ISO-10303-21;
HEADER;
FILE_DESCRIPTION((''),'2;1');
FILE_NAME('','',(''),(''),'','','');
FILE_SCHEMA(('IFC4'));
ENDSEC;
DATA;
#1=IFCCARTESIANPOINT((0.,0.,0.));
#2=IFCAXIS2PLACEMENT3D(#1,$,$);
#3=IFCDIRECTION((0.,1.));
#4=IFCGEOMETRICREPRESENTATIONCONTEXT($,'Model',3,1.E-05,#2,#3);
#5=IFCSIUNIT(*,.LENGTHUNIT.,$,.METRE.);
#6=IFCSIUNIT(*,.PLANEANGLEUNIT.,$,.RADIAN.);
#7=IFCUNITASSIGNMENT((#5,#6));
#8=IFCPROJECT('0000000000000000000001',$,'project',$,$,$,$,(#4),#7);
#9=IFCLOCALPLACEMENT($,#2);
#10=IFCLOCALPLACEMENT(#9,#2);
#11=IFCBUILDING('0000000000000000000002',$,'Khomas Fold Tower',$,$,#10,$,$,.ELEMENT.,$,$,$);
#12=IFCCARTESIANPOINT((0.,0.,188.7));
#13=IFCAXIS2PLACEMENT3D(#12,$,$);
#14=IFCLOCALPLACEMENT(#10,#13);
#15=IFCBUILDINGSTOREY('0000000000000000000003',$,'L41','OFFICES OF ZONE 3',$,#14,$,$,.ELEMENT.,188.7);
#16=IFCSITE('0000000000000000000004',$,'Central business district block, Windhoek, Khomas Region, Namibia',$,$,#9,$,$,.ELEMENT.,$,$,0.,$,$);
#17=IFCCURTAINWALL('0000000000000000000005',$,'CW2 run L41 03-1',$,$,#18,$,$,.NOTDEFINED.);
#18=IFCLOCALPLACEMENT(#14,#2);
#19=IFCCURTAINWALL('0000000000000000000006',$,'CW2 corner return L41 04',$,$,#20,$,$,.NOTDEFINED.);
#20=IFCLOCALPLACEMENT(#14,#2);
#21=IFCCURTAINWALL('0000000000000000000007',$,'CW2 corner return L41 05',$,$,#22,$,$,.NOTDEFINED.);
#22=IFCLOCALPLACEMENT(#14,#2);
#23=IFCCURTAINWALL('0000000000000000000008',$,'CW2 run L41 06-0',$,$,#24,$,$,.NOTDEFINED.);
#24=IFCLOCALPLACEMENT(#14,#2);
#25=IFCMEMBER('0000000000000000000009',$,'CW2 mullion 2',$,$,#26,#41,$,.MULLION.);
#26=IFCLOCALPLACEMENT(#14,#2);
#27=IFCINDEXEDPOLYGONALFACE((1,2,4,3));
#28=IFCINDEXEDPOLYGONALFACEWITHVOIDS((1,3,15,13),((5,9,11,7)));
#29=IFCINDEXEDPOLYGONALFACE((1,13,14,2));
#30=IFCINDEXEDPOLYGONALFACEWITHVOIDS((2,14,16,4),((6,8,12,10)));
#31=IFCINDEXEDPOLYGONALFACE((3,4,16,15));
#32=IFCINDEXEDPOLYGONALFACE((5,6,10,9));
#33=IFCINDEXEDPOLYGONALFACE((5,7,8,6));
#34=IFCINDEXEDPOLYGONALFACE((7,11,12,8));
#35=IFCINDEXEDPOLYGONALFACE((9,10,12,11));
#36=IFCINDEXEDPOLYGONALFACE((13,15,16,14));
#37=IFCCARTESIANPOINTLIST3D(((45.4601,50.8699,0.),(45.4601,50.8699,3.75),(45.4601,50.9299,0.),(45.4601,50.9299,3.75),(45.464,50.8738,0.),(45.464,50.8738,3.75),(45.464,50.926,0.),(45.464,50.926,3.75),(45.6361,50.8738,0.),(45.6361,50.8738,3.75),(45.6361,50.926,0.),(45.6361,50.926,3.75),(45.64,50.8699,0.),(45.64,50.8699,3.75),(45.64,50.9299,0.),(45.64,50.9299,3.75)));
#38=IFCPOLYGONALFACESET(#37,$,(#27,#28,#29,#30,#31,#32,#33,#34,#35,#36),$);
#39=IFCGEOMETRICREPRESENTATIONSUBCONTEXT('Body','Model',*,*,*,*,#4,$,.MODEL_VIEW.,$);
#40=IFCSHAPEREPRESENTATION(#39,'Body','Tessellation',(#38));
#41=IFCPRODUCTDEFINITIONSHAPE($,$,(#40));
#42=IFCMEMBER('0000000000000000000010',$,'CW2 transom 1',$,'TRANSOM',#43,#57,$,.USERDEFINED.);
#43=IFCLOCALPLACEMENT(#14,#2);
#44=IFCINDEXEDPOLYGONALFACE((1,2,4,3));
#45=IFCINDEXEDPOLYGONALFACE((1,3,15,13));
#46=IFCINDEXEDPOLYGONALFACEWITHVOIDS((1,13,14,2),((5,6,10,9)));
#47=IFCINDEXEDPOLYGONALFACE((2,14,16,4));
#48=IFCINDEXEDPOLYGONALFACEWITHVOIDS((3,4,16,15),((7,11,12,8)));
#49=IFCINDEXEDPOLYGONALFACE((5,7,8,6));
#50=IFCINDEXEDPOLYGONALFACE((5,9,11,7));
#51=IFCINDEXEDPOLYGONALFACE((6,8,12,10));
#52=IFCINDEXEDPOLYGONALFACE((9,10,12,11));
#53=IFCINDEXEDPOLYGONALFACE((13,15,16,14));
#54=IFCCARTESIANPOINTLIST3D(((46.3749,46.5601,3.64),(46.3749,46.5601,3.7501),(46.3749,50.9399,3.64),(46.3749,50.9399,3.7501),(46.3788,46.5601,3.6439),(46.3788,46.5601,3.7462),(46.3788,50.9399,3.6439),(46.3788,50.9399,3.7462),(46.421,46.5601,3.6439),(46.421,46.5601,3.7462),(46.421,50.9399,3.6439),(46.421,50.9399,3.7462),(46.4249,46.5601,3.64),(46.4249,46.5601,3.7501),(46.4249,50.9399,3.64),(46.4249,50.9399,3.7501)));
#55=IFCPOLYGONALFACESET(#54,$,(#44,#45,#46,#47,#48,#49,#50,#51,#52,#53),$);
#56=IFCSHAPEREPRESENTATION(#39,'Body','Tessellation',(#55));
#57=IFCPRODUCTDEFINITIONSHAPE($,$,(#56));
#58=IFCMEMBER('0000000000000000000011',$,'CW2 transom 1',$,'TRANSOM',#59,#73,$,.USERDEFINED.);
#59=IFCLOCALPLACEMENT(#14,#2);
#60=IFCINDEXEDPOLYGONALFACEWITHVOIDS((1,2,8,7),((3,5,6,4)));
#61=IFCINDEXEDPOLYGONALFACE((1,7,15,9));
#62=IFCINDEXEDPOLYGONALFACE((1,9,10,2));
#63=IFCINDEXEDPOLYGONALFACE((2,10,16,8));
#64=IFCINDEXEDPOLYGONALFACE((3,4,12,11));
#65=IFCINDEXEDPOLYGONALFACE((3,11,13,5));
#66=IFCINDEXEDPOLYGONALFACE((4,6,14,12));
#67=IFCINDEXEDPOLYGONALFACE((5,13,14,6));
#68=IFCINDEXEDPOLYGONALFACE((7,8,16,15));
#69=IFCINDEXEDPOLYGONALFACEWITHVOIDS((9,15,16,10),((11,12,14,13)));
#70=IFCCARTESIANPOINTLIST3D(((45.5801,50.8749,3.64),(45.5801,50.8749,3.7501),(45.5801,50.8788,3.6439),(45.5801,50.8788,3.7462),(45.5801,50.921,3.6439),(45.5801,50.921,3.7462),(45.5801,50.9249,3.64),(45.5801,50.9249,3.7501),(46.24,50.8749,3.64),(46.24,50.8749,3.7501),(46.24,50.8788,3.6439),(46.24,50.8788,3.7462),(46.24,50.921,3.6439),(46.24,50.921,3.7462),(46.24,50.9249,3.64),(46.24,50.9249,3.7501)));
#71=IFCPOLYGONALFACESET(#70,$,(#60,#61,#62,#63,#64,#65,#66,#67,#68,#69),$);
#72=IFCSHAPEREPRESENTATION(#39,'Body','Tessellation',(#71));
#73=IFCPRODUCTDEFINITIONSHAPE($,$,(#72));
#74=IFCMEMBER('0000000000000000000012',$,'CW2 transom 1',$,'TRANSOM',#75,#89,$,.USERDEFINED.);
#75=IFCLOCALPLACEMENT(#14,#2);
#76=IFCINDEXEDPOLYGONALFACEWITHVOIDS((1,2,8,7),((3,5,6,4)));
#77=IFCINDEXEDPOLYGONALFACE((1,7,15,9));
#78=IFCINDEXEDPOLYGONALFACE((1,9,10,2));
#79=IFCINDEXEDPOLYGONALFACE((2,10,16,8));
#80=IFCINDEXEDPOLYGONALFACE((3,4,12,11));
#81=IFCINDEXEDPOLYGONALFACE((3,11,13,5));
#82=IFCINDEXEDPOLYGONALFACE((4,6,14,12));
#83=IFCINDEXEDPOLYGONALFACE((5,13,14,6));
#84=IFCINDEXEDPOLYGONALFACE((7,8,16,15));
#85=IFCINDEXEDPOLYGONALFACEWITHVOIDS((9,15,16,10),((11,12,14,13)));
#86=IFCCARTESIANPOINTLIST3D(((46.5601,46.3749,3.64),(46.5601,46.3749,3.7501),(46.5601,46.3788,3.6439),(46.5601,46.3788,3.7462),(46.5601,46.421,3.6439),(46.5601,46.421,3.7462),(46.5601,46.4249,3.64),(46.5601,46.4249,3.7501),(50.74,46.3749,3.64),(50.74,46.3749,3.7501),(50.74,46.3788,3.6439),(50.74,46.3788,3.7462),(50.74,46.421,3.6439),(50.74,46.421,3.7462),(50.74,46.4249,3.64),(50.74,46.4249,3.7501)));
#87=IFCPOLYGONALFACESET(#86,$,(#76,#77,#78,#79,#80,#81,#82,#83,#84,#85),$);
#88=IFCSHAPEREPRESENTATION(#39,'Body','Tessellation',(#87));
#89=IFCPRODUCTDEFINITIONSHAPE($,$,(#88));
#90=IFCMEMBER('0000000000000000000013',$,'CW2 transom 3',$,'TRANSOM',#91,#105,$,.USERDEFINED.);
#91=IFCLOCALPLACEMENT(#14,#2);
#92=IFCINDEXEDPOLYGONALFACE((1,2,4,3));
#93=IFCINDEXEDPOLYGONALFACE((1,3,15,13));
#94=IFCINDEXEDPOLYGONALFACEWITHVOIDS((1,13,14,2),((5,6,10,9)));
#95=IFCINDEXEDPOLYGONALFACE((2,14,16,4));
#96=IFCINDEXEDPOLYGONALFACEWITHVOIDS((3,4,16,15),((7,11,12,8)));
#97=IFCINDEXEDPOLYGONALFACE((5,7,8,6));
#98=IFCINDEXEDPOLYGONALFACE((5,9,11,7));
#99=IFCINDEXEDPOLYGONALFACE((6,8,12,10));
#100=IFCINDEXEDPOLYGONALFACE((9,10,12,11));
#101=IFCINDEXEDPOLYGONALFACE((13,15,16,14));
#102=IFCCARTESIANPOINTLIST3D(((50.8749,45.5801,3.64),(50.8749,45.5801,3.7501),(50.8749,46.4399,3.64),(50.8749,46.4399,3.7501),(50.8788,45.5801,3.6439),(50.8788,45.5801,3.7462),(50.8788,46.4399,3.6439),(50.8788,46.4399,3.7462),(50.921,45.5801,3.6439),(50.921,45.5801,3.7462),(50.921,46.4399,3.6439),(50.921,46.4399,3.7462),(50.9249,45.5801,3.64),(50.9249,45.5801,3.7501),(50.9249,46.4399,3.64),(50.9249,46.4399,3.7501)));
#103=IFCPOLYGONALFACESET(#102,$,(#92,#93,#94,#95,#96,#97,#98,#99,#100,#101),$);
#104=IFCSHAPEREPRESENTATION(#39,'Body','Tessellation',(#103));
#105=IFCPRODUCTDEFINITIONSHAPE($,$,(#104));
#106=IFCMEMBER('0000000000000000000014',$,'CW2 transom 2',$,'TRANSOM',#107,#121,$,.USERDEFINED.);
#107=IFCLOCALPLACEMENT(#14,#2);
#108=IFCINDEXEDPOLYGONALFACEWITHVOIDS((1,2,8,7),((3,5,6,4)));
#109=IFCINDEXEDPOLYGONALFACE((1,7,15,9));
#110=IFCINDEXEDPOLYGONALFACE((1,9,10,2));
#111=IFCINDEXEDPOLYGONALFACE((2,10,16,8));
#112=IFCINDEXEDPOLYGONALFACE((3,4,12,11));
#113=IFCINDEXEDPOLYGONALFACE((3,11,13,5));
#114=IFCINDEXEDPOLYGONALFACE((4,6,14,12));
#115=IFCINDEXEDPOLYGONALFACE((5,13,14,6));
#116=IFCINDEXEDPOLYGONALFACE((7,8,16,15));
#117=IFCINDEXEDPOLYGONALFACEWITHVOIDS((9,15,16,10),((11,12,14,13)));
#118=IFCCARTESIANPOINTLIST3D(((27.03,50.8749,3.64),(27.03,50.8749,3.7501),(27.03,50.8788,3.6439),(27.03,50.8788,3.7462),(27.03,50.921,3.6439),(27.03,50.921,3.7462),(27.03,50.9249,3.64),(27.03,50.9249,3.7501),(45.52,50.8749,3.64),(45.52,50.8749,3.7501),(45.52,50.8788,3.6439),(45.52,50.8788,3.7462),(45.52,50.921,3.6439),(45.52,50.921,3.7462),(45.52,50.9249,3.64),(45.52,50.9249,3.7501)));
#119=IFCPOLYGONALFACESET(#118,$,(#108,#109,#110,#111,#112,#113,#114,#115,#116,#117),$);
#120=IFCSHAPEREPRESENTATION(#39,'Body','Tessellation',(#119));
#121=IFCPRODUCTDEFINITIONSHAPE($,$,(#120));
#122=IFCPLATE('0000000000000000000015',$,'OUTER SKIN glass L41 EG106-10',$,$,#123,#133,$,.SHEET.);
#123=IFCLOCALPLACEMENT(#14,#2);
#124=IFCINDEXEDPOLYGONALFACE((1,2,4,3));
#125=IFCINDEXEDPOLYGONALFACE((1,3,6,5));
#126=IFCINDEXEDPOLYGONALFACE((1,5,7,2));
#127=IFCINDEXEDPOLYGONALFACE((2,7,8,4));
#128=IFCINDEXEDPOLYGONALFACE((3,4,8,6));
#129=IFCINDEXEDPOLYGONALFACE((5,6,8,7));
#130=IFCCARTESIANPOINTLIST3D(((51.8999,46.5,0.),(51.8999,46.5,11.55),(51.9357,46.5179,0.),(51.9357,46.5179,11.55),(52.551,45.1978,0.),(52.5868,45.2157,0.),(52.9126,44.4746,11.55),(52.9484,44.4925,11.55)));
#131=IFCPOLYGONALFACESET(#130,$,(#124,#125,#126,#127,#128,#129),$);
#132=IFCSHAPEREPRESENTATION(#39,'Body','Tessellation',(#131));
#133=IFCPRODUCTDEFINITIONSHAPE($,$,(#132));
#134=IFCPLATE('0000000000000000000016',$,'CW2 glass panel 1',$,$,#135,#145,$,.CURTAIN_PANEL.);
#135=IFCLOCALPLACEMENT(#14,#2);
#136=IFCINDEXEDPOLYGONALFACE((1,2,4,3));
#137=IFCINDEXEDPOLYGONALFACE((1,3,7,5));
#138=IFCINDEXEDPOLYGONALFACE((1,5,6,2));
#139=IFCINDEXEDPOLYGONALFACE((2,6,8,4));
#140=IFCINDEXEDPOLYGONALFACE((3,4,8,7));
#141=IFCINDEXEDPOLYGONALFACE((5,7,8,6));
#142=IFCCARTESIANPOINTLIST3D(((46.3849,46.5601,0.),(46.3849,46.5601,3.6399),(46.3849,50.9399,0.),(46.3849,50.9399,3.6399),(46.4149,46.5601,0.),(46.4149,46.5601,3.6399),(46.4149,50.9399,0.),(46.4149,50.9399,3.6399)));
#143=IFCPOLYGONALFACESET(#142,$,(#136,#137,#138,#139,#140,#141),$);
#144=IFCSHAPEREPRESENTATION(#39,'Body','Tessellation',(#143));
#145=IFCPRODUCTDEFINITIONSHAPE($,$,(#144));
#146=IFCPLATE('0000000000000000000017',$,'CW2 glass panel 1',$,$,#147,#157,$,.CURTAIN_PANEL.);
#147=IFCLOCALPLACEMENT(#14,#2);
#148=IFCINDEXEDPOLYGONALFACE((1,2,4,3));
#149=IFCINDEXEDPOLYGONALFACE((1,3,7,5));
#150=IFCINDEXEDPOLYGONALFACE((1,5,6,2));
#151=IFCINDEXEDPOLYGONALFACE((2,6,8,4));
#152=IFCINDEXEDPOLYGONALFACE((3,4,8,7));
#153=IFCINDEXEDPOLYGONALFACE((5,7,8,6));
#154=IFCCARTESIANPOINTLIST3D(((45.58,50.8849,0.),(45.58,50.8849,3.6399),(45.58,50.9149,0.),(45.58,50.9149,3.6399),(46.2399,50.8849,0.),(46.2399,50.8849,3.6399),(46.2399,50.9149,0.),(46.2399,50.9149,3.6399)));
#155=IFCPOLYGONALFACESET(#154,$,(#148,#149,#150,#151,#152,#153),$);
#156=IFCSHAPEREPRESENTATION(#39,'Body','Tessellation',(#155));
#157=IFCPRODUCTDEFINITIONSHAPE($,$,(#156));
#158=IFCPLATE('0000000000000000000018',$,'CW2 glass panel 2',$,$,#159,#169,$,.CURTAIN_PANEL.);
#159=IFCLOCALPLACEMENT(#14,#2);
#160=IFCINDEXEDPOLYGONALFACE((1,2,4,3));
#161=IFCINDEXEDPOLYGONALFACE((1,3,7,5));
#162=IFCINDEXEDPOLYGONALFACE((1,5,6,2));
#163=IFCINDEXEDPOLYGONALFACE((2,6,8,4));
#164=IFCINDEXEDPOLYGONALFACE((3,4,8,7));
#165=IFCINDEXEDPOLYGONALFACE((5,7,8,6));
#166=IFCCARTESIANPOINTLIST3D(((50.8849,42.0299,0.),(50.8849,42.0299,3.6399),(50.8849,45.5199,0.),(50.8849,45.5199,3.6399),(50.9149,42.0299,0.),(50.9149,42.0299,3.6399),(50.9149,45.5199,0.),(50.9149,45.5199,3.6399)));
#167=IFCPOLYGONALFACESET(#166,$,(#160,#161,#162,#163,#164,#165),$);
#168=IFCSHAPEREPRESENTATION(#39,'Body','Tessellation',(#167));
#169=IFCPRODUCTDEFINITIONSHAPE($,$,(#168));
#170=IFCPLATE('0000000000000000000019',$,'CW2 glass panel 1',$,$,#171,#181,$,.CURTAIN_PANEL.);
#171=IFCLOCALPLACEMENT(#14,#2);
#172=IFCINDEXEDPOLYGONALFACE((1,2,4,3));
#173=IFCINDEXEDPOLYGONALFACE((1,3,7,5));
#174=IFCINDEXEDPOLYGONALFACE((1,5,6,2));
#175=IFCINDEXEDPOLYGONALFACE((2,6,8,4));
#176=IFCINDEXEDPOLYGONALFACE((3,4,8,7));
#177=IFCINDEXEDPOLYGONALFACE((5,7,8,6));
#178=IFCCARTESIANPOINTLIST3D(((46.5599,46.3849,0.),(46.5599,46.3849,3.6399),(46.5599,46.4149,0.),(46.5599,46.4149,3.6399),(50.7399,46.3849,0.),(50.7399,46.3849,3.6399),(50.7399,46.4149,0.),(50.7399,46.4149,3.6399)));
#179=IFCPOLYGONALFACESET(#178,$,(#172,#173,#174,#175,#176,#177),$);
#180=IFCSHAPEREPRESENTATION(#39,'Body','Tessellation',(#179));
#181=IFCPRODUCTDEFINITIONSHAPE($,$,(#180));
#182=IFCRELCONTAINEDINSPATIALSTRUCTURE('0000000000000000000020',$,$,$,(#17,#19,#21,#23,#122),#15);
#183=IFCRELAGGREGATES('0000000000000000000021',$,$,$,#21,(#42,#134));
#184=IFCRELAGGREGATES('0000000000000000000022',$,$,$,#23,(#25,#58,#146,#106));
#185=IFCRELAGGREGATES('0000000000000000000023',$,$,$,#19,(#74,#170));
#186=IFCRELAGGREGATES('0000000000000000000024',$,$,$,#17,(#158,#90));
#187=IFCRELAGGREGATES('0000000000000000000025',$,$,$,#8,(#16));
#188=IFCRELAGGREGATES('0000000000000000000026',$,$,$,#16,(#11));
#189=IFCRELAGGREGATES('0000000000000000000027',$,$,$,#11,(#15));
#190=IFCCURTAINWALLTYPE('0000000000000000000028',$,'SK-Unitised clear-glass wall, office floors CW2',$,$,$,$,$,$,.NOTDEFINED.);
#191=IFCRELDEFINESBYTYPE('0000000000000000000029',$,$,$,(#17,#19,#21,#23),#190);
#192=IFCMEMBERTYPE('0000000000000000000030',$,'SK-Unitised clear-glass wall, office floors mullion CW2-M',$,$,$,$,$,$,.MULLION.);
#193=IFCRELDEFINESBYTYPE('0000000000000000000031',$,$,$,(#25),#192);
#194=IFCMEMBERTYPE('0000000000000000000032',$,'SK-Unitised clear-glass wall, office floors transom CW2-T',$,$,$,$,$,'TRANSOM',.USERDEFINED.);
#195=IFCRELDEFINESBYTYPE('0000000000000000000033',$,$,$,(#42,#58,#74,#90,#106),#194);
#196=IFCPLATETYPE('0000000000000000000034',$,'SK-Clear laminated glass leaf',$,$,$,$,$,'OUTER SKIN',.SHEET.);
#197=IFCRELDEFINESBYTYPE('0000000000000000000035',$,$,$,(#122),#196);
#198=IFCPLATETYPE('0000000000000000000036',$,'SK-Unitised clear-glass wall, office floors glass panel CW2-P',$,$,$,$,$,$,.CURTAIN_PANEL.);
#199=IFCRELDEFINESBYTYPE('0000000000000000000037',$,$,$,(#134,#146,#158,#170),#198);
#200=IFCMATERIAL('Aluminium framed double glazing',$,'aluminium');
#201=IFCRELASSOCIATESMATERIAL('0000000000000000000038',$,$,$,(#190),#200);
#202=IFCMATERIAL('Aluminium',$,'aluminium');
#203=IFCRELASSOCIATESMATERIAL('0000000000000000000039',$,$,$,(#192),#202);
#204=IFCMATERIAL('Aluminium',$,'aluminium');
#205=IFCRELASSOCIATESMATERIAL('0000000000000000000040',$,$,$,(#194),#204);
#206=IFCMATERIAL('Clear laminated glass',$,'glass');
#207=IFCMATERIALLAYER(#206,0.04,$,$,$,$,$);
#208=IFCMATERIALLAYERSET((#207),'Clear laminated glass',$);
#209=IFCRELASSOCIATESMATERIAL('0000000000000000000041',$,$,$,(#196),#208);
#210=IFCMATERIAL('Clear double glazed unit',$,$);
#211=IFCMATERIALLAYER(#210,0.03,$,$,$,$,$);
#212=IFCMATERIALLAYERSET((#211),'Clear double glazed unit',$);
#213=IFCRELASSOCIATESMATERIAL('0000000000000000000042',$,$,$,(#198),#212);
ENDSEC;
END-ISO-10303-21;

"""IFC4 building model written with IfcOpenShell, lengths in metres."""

from ifc_helpers import new_model, si_unit, direction, frame, origin, origin_2d, place, context, subcontext, project, spatial, polyline, rectangle, hollow_rectangle, outline, extrude, source, transform, mapped, material, layer, layer_set, material_profile, profile_set, type_object, element, aggregate, save


model = new_model("IFC4")

# Units and contexts
model_context = context("Model", 3, precision=1e-05, world=origin(), true_north=direction((0.0, 1.0)))
body_context = subcontext(model_context, "Body", "Model", "MODEL_VIEW")
ifc_project = project(units=[si_unit("LENGTHUNIT", "METRE"), si_unit("PLANEANGLEUNIT", "RADIAN")], contexts=[model_context])

# Site, building, storey
site_placement = place(None, origin())
site = spatial("IfcSite", under=ifc_project, at=site_placement, Name="Central business district block, Windhoek, Khomas Region, Namibia", CompositionType="ELEMENT", RefElevation=0.0)
building_placement = place(site_placement, origin())
building = spatial("IfcBuilding", under=site, at=building_placement, Name="Khomas Fold Tower", CompositionType="ELEMENT")
storey_placement = place(building_placement, frame((0.0, 0.0, 188.7)))
storey = spatial("IfcBuildingStorey", under=building, at=storey_placement, Name="L41", Description="OFFICES OF ZONE 3", CompositionType="ELEMENT", Elevation=188.7)

# Curtain walls
ifc_material_1 = material(Name="Aluminium framed double glazing", Category="aluminium")
curtain_wall_type = type_object("IfcCurtainWallType", Name="SK-Unitised clear-glass wall, office floors CW2", PredefinedType="NOTDEFINED", material=ifc_material_1)
curtain_wall_1_placement = place(storey_placement, origin())
curtain_wall_1 = element("IfcCurtainWall", 1, at=curtain_wall_1_placement, inside=storey, type_object=curtain_wall_type, Name="CW2 run L41 03-1", PredefinedType="NOTDEFINED")
ifc_material_2 = material(Name="Aluminium", Category="aluminium")
ifc_material_profile_1 = material_profile(ifc_material_2, hollow_rectangle(XDim=0.0601, YDim=0.1799, WallThickness=0.0039, at=origin_2d()), Name="SK-Unitised clear-glass wall, office floors mullion CW2-M")
ifc_profile_set_1 = profile_set([ifc_material_profile_1], Name="Aluminium")
member_type_1 = type_object("IfcMemberType", Name="SK-Unitised clear-glass wall, office floors mullion CW2-M", PredefinedType="MULLION", material=ifc_profile_set_1)
shared_shape_1 = source(origin(), body_context, "Body", "SweptSolid", [
    extrude(hollow_rectangle(XDim=0.0601, YDim=0.1799, WallThickness=0.0039, at=origin_2d()), origin(), (0.0, 0.0, 1.0), 3.75),
])
curtain_wall_2_placement = place(storey_placement, origin())
curtain_wall_2 = element("IfcCurtainWall", 2, at=curtain_wall_2_placement, inside=storey, type_object=curtain_wall_type, Name="CW2 corner return L41 04", PredefinedType="NOTDEFINED")
curtain_wall_3_placement = place(storey_placement, origin())
curtain_wall_3 = element("IfcCurtainWall", 3, at=curtain_wall_3_placement, inside=storey, type_object=curtain_wall_type, Name="CW2 corner return L41 05", PredefinedType="NOTDEFINED")

# Curtain wall, member
curtain_wall_4_placement = place(storey_placement, origin())
curtain_wall_4 = element("IfcCurtainWall", 4, at=curtain_wall_4_placement, inside=storey, type_object=curtain_wall_type, Name="CW2 run L41 06-0", PredefinedType="NOTDEFINED")
member_1_placement = place(storey_placement, frame((45.55, 50.8999, 0.0), z_axis=(0.0, 0.0, 1.0), x_axis=(0.0, -1.0, 0.0)))
member_1 = element("IfcMember", 5, at=member_1_placement, type_object=member_type_1, Name="CW2 mullion 2", PredefinedType="MULLION", context=body_context, shape_type="MappedRepresentation", body=[
    mapped(shared_shape_1, transform((0.0, 0.0, 0.0))),
])

# Members
ifc_material_3 = material(Name="Aluminium", Category="aluminium")
ifc_material_profile_2 = material_profile(ifc_material_3, hollow_rectangle(XDim=0.05, YDim=0.1101, WallThickness=0.0039, at=origin_2d()), Name="SK-Unitised clear-glass wall, office floors transom CW2-T")
ifc_profile_set_2 = profile_set([ifc_material_profile_2], Name="Aluminium")
member_type_2 = type_object("IfcMemberType", Name="SK-Unitised clear-glass wall, office floors transom CW2-T", ElementType="TRANSOM", PredefinedType="USERDEFINED", material=ifc_profile_set_2)
shared_shape_2 = source(origin(), body_context, "Body", "SweptSolid", [
    extrude(hollow_rectangle(XDim=0.05, YDim=0.1101, WallThickness=0.0039, at=origin_2d()), origin(), (0.0, 0.0, 1.0), 4.3799),
])
member_2_placement = place(storey_placement, frame((46.3999, 46.5601, 3.6951), z_axis=(0.0, 1.0, 0.0), x_axis=(-1.0, 0.0, 0.0)))
member_2 = element("IfcMember", 6, at=member_2_placement, type_object=member_type_2, Name="CW2 transom 1", ObjectType="TRANSOM", PredefinedType="USERDEFINED", context=body_context, shape_type="MappedRepresentation", body=[
    mapped(shared_shape_2, transform((0.0, 0.0, 0.0))),
])
shared_shape_3 = source(origin(), body_context, "Body", "SweptSolid", [
    extrude(hollow_rectangle(XDim=0.05, YDim=0.1101, WallThickness=0.0039, at=origin_2d()), origin(), (0.0, 0.0, 1.0), 0.6599),
])
member_3_placement = place(storey_placement, frame((46.24, 50.8999, 3.6951), z_axis=(-1.0, 0.0, 0.0), x_axis=(0.0, -1.0, 0.0)))
member_3 = element("IfcMember", 7, at=member_3_placement, type_object=member_type_2, Name="CW2 transom 1", ObjectType="TRANSOM", PredefinedType="USERDEFINED", context=body_context, shape_type="MappedRepresentation", body=[
    mapped(shared_shape_3, transform((0.0, 0.0, 0.0))),
])
shared_shape_4 = source(origin(), body_context, "Body", "SweptSolid", [
    extrude(hollow_rectangle(XDim=0.05, YDim=0.1101, WallThickness=0.0039, at=origin_2d()), origin(), (0.0, 0.0, 1.0), 4.1799),
])
member_4_placement = place(storey_placement, frame((50.74, 46.3999, 3.6951), z_axis=(-1.0, 0.0, 0.0), x_axis=(0.0, -1.0, 0.0)))
member_4 = element("IfcMember", 8, at=member_4_placement, type_object=member_type_2, Name="CW2 transom 1", ObjectType="TRANSOM", PredefinedType="USERDEFINED", context=body_context, shape_type="MappedRepresentation", body=[
    mapped(shared_shape_4, transform((0.0, 0.0, 0.0))),
])
shared_shape_5 = source(origin(), body_context, "Body", "SweptSolid", [
    extrude(hollow_rectangle(XDim=0.05, YDim=0.1101, WallThickness=0.0039, at=origin_2d()), origin(), (0.0, 0.0, 1.0), 0.8599),
])
member_5_placement = place(storey_placement, frame((50.8999, 45.5801, 3.6951), z_axis=(0.0, 1.0, 0.0), x_axis=(-1.0, 0.0, 0.0)))
member_5 = element("IfcMember", 9, at=member_5_placement, type_object=member_type_2, Name="CW2 transom 3", ObjectType="TRANSOM", PredefinedType="USERDEFINED", context=body_context, shape_type="MappedRepresentation", body=[
    mapped(shared_shape_5, transform((0.0, 0.0, 0.0))),
])
shared_shape_6 = source(origin(), body_context, "Body", "SweptSolid", [
    extrude(hollow_rectangle(XDim=0.05, YDim=0.1101, WallThickness=0.0039, at=origin_2d()), origin(), (0.0, 0.0, 1.0), 18.49),
])
member_6_placement = place(storey_placement, frame((45.52, 50.8999, 3.6951), z_axis=(-1.0, 0.0, 0.0), x_axis=(0.0, -1.0, 0.0)))
member_6 = element("IfcMember", 10, at=member_6_placement, type_object=member_type_2, Name="CW2 transom 2", ObjectType="TRANSOM", PredefinedType="USERDEFINED", context=body_context, shape_type="MappedRepresentation", body=[
    mapped(shared_shape_6, transform((0.0, 0.0, 0.0))),
])

# Plates
ifc_material_4 = material(Name="Clear laminated glass", Category="glass")
ifc_layer_1 = layer(ifc_material_4, 0.04)
ifc_layer_set_1 = layer_set([ifc_layer_1], Name="Clear laminated glass")
plate_type_1 = type_object("IfcPlateType", Name="SK-Clear laminated glass leaf", ElementType="OUTER SKIN", PredefinedType="SHEET", material=ifc_layer_set_1)
plate_1_placement = place(storey_placement, frame((52.551, 45.1978, 0.0), z_axis=(-0.894427, -0.447214, 0.0), x_axis=(0.031228, -0.062457, 0.997559)))
element("IfcPlate", 11, at=plate_1_placement, inside=storey, type_object=plate_type_1, Name="OUTER SKIN glass L41 EG106-10", PredefinedType="SHEET", context=body_context, shape_type="SweptSolid", body=[
    extrude(outline(polyline([(0.0, 0.0), (11.5783, 0.0), (11.4202, 2.2589), (-0.1017, 1.4524), (0.0, 0.0)])), origin(), (0.0, 0.0, -1.0), 0.04),
])
ifc_material_5 = material(Name="Clear double glazed unit")
ifc_layer_2 = layer(ifc_material_5, 0.03)
ifc_layer_set_2 = layer_set([ifc_layer_2], Name="Clear double glazed unit")
plate_type_2 = type_object("IfcPlateType", Name="SK-Unitised clear-glass wall, office floors glass panel CW2-P", PredefinedType="CURTAIN_PANEL", material=ifc_layer_set_2)
shared_shape_7 = source(origin(), body_context, "Body", "SweptSolid", [
    extrude(rectangle(XDim=4.3799, YDim=0.03, at=origin_2d()), origin(), (0.0, 0.0, 1.0), 3.6399),
])
plate_2_placement = place(storey_placement, frame((46.3999, 48.75, 0.0), z_axis=(0.0, 0.0, 1.0), x_axis=(0.0, 1.0, 0.0)))
plate_2 = element("IfcPlate", 12, at=plate_2_placement, type_object=plate_type_2, Name="CW2 glass panel 1", PredefinedType="CURTAIN_PANEL", context=body_context, shape_type="MappedRepresentation", body=[
    mapped(shared_shape_7, transform((0.0, 0.0, 0.0))),
])
aggregate(curtain_wall_3, [member_2, plate_2])
shared_shape_8 = source(origin(), body_context, "Body", "SweptSolid", [
    extrude(rectangle(XDim=0.6599, YDim=0.03, at=origin_2d()), origin(), (0.0, 0.0, 1.0), 3.6399),
])
plate_3_placement = place(storey_placement, frame((45.9099, 50.8999, 0.0), z_axis=(0.0, 0.0, 1.0), x_axis=(-1.0, 0.0, 0.0)))
plate_3 = element("IfcPlate", 13, at=plate_3_placement, type_object=plate_type_2, Name="CW2 glass panel 1", PredefinedType="CURTAIN_PANEL", context=body_context, shape_type="MappedRepresentation", body=[
    mapped(shared_shape_8, transform((0.0, 0.0, 0.0))),
])
aggregate(curtain_wall_4, [member_1, member_3, plate_3, member_6])
shared_shape_9 = source(origin(), body_context, "Body", "SweptSolid", [
    extrude(rectangle(XDim=3.49, YDim=0.03, at=origin_2d()), origin(), (0.0, 0.0, 1.0), 3.6399),
])
plate_4_placement = place(storey_placement, frame((50.8999, 43.7749, 0.0), z_axis=(0.0, 0.0, 1.0), x_axis=(0.0, 1.0, 0.0)))
plate_4 = element("IfcPlate", 14, at=plate_4_placement, type_object=plate_type_2, Name="CW2 glass panel 2", PredefinedType="CURTAIN_PANEL", context=body_context, shape_type="MappedRepresentation", body=[
    mapped(shared_shape_9, transform((0.0, 0.0, 0.0))),
])
shared_shape_10 = source(origin(), body_context, "Body", "SweptSolid", [
    extrude(rectangle(XDim=4.1799, YDim=0.03, at=origin_2d()), origin(), (0.0, 0.0, 1.0), 3.6399),
])
plate_5_placement = place(storey_placement, frame((48.6499, 46.3999, 0.0), z_axis=(0.0, 0.0, 1.0), x_axis=(-1.0, 0.0, 0.0)))
plate_5 = element("IfcPlate", 15, at=plate_5_placement, type_object=plate_type_2, Name="CW2 glass panel 1", PredefinedType="CURTAIN_PANEL", context=body_context, shape_type="MappedRepresentation", body=[
    mapped(shared_shape_10, transform((0.0, 0.0, 0.0))),
])
aggregate(curtain_wall_2, [member_4, plate_5])
aggregate(curtain_wall_1, [plate_4, member_5])

save(model, "model.ifc")
